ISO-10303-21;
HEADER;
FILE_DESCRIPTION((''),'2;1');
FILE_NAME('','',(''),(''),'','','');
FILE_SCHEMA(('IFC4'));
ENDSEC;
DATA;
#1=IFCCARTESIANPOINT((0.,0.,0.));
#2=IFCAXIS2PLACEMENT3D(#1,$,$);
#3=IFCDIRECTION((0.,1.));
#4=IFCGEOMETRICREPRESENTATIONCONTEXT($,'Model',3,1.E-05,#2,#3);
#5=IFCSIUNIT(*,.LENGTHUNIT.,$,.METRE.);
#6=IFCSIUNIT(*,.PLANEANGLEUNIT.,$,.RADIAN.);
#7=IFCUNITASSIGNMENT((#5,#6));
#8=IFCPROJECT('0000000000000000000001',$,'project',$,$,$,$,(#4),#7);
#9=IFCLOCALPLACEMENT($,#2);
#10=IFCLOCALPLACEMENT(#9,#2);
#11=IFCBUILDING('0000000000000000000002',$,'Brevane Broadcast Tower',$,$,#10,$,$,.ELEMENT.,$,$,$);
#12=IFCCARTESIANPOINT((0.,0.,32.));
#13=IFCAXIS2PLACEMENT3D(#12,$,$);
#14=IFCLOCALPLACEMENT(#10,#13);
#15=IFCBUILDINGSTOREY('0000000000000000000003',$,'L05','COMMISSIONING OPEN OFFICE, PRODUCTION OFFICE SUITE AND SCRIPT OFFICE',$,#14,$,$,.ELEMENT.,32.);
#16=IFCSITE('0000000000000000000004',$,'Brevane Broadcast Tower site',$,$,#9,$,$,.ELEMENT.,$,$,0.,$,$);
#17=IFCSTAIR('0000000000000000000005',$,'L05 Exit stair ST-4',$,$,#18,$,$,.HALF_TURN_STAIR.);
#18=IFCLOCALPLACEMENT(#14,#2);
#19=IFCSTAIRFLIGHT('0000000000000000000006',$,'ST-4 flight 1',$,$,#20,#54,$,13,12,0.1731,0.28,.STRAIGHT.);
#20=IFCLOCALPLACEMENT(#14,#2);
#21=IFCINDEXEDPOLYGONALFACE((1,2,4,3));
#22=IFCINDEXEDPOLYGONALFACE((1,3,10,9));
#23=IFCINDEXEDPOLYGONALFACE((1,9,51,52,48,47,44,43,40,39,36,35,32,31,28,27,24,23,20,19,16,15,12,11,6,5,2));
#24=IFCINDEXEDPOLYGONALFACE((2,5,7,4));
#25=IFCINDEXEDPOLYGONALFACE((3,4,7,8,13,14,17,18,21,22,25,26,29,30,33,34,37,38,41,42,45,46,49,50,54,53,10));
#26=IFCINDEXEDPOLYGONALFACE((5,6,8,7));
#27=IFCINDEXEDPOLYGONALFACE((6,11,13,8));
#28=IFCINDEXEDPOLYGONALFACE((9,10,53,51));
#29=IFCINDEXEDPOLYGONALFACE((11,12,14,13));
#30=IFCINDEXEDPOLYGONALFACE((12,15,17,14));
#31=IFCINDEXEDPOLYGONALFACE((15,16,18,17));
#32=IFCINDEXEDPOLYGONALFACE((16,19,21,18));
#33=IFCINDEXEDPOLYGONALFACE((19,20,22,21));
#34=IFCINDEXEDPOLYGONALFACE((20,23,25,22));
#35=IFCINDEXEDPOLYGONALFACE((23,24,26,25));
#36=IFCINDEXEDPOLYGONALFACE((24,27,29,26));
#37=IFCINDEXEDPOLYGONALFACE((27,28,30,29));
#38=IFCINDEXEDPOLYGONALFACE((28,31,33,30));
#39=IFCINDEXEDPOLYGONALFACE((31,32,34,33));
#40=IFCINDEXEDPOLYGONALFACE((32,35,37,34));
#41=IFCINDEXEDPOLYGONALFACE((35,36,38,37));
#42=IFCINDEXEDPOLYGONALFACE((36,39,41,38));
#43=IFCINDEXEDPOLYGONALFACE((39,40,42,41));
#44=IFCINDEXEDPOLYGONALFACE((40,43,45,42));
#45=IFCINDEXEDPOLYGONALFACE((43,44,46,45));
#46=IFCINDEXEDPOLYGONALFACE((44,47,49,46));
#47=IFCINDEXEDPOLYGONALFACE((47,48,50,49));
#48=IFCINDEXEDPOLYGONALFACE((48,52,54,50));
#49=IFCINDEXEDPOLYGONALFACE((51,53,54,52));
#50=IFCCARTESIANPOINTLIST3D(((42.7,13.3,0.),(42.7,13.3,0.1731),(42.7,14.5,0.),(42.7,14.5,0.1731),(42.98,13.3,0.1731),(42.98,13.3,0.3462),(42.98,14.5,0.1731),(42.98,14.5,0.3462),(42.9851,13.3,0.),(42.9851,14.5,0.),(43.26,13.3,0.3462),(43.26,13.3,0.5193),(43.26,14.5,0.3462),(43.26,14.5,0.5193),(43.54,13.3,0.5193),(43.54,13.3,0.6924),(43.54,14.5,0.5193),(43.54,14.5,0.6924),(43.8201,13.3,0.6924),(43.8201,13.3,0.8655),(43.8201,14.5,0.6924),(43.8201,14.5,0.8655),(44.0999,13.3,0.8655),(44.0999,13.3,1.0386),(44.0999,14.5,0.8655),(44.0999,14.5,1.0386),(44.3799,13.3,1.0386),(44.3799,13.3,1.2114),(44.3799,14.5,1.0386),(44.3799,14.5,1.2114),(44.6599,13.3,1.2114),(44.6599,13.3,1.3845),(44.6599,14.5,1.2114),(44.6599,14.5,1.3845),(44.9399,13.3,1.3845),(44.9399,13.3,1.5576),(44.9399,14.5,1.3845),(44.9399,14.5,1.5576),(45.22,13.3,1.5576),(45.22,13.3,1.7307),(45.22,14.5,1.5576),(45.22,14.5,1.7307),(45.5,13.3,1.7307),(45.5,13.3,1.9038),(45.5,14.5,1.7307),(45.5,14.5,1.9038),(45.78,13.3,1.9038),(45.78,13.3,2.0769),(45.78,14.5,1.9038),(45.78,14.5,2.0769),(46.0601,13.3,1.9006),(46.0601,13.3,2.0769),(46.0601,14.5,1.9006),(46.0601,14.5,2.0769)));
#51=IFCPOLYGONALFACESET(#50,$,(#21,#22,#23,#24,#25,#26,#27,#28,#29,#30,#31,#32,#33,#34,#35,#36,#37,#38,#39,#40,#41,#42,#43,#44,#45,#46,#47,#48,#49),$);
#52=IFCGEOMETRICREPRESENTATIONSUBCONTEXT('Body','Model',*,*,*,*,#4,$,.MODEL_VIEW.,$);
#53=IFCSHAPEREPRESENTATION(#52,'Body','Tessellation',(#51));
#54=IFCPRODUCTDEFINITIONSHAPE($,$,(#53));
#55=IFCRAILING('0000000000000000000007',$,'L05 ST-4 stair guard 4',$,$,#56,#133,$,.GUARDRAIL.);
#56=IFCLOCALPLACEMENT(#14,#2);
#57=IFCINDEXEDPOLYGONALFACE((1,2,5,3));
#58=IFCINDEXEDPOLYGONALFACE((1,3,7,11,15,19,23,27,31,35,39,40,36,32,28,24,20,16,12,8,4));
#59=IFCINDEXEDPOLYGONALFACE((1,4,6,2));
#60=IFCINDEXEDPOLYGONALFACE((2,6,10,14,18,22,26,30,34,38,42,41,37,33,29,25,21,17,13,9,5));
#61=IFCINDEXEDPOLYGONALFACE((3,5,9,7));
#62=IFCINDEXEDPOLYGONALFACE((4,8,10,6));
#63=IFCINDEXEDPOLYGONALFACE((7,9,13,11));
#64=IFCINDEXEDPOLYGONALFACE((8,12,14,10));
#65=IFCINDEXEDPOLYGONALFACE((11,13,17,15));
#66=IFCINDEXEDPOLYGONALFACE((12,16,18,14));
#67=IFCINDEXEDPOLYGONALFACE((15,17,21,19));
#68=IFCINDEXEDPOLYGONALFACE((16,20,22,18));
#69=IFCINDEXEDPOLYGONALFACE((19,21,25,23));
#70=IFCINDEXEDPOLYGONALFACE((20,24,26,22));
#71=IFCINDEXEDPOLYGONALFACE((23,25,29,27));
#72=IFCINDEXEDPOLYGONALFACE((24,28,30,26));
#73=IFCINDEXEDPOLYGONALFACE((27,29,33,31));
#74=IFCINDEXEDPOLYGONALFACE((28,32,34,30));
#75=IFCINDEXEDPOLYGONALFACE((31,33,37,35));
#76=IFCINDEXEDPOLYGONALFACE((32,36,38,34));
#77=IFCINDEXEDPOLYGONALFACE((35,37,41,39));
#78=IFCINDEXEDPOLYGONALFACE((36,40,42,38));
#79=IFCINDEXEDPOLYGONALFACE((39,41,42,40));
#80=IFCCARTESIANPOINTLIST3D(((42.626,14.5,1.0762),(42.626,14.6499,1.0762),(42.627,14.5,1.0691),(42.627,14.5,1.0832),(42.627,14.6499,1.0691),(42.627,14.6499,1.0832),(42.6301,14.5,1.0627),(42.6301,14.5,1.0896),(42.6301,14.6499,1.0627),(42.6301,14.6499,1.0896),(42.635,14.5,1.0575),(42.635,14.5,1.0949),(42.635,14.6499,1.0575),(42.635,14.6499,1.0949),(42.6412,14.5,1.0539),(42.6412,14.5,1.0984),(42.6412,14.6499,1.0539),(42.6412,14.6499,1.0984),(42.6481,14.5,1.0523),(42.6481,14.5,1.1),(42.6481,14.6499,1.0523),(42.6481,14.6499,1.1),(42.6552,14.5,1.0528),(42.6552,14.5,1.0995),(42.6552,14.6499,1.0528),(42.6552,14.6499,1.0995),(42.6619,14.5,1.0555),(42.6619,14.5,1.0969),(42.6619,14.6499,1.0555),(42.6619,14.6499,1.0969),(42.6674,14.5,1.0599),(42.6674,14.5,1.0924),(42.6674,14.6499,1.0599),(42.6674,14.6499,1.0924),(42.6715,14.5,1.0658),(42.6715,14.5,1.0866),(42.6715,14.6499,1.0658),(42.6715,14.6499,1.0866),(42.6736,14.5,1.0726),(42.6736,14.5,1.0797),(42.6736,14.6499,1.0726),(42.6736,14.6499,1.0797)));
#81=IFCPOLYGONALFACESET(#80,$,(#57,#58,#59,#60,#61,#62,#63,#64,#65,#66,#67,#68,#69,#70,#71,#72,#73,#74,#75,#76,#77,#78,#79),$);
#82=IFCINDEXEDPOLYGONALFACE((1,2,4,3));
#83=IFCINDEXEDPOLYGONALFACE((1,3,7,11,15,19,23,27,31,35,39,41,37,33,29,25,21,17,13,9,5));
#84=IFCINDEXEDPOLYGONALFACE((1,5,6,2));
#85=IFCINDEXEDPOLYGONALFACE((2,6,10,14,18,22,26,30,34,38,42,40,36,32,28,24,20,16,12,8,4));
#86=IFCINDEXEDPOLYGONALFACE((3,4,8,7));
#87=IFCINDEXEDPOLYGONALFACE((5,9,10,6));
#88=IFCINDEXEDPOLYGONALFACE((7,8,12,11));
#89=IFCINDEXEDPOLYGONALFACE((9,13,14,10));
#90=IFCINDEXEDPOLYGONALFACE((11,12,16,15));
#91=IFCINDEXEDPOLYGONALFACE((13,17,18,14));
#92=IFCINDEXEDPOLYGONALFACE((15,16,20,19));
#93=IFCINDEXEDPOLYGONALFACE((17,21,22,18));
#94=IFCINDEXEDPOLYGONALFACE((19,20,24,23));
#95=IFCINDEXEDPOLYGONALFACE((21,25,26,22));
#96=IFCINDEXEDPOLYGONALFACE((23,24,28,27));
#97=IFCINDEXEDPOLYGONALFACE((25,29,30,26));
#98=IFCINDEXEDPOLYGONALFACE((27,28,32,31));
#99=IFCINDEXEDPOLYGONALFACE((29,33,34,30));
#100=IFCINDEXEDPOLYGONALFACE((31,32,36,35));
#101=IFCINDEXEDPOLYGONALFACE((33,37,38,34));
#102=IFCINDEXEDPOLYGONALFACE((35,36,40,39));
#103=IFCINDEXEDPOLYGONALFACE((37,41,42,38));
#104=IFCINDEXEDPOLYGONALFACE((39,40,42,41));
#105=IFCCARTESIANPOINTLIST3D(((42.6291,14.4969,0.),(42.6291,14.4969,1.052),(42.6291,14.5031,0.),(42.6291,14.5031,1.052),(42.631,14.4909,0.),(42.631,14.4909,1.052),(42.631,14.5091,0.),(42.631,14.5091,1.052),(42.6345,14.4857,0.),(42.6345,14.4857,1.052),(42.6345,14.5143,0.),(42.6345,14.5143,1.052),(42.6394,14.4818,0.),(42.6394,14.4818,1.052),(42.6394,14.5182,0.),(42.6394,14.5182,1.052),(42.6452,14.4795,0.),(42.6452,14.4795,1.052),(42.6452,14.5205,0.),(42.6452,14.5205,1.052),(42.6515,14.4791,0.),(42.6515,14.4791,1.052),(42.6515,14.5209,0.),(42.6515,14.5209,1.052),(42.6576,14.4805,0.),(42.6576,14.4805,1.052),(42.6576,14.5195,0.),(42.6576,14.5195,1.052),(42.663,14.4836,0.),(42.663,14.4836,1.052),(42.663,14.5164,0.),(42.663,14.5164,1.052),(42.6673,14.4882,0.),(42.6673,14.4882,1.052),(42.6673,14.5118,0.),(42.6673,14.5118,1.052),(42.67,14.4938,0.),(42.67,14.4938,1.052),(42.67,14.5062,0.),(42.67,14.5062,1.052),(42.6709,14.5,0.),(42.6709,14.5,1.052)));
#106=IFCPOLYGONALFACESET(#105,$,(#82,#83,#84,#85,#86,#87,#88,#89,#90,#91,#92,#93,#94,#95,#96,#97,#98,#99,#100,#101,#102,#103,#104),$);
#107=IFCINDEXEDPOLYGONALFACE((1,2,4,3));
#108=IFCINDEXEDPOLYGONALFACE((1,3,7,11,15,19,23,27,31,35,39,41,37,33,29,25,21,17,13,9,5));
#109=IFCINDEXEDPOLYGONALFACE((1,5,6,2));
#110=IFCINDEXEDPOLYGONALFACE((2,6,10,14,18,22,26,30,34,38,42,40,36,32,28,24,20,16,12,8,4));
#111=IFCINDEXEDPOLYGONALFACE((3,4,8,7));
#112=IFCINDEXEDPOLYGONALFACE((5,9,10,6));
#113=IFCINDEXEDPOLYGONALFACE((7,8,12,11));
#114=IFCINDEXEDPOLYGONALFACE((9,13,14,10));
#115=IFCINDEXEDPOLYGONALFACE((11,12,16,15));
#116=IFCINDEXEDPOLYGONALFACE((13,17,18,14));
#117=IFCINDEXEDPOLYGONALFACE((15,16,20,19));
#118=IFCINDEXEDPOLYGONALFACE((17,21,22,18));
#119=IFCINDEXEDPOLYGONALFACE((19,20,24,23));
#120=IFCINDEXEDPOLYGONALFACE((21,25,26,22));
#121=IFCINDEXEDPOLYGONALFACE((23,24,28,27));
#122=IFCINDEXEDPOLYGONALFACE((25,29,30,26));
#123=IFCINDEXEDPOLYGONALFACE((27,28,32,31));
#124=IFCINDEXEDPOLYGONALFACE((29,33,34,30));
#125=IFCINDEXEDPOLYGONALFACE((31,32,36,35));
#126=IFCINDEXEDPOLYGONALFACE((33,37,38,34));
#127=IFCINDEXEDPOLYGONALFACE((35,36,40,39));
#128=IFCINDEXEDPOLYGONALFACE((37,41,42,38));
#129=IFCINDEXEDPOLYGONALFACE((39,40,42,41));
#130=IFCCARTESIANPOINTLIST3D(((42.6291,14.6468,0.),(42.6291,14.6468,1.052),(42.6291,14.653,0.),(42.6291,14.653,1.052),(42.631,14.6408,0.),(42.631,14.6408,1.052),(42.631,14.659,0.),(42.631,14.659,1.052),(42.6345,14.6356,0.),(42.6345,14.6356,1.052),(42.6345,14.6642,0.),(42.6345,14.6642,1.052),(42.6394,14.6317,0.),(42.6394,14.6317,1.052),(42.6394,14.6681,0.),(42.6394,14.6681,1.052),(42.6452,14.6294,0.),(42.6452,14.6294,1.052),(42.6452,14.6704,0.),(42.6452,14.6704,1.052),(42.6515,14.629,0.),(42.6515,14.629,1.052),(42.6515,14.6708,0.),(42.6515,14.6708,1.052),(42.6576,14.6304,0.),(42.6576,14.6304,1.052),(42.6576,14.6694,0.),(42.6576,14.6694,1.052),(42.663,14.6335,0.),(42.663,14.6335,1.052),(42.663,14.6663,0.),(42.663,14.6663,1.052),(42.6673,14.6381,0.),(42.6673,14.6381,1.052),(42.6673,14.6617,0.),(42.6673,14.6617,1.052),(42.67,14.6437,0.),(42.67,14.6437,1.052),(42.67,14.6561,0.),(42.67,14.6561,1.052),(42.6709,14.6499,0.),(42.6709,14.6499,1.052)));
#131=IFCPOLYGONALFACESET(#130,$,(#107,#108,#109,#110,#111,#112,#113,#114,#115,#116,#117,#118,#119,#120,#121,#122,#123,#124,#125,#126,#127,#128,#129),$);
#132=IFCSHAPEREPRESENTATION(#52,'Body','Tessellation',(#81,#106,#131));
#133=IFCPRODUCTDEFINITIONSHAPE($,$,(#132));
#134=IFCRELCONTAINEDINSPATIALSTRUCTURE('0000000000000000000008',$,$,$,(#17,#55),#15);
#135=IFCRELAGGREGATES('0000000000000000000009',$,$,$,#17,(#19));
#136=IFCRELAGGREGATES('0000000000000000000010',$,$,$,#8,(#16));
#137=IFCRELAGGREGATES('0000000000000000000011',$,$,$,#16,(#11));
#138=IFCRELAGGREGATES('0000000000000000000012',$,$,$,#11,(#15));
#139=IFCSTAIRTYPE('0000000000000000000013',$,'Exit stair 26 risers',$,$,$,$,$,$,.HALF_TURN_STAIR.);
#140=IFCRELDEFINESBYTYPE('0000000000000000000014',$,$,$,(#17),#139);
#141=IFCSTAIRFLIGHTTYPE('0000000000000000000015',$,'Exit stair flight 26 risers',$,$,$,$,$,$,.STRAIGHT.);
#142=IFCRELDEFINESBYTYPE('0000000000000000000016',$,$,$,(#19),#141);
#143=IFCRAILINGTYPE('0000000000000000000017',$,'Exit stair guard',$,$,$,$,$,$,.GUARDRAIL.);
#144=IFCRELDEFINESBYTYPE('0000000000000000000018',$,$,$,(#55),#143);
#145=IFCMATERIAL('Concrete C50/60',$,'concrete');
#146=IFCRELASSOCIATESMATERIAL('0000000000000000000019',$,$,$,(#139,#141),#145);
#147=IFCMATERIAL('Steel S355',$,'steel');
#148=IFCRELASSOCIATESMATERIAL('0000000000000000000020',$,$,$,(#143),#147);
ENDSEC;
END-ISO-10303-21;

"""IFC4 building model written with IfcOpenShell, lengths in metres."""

from ifc_helpers import new_model, si_unit, direction, frame, origin, origin_2d, place, context, subcontext, project, spatial, polyline, circle, outline, extrude, material, type_object, element, aggregate, save


model = new_model("IFC4")

# Units and contexts
model_context = context("Model", 3, precision=1e-05, world=origin(), true_north=direction((0.0, 1.0)))
body_context = subcontext(model_context, "Body", "Model", "MODEL_VIEW")
ifc_project = project(units=[si_unit("LENGTHUNIT", "METRE"), si_unit("PLANEANGLEUNIT", "RADIAN")], contexts=[model_context])

# Site, building, storey
site_placement = place(None, origin())
site = spatial("IfcSite", under=ifc_project, at=site_placement, Name="Brevane Broadcast Tower site", CompositionType="ELEMENT", RefElevation=0.0)
building_placement = place(site_placement, origin())
building = spatial("IfcBuilding", under=site, at=building_placement, Name="Brevane Broadcast Tower", CompositionType="ELEMENT")
storey_placement = place(building_placement, frame((0.0, 0.0, 32.0)))
storey = spatial("IfcBuildingStorey", under=building, at=storey_placement, Name="L05", Description="COMMISSIONING OPEN OFFICE, PRODUCTION OFFICE SUITE AND SCRIPT OFFICE", CompositionType="ELEMENT", Elevation=32.0)

# Stair, stair flight
ifc_material_1 = material(Name="Concrete C50/60", Category="concrete")
stair_type = type_object("IfcStairType", Name="Exit stair 26 risers", PredefinedType="HALF_TURN_STAIR", material=ifc_material_1)
stair_placement = place(storey_placement, origin())
stair = element("IfcStair", 1, at=stair_placement, inside=storey, type_object=stair_type, Name="L05 Exit stair ST-4", PredefinedType="HALF_TURN_STAIR")
stair_flight_type = type_object("IfcStairFlightType", Name="Exit stair flight 26 risers", PredefinedType="STRAIGHT", material=ifc_material_1)
stair_flight_placement = place(storey_placement, frame((42.7, 13.8999, 0.0), z_axis=(0.0, 0.0, 1.0), x_axis=(1.0, 0.0, 0.0)))
stair_flight = element("IfcStairFlight", 2, at=stair_flight_placement, type_object=stair_flight_type, Name="ST-4 flight 1", NumberOfRisers=13, NumberOfTreads=12, PredefinedType="STRAIGHT", RiserHeight=0.1731, TreadLength=0.28, context=body_context, shape_type="SweptSolid", body=[
    extrude(outline(polyline([(0.0, 0.0), (0.0, 0.1731), (0.28, 0.1731), (0.28, 0.3462), (0.5601, 0.3462), (0.5601, 0.5193), (0.8401, 0.5193), (0.8401, 0.6924), (1.1201, 0.6924), (1.1201, 0.8655), (1.3999, 0.8655), (1.3999, 1.0386), (1.6799, 1.0386), (1.6799, 1.2114), (1.96, 1.2114), (1.96, 1.3845), (2.24, 1.3845), (2.24, 1.5576), (2.52, 1.5576), (2.52, 1.7307), (2.8, 1.7307), (2.8, 1.9038), (3.0801, 1.9038), (3.0801, 2.0769), (3.3601, 2.0769), (3.3601, 2.25), (3.3601, 1.9006), (0.2852, 0.0), (0.0, 0.0)])), frame((0.0, 0.6001, 0.0), z_axis=(0.0, -1.0, 0.0), x_axis=(1.0, 0.0, 0.0)), (0.0, 0.0, 1.0), 1.2),
])
aggregate(stair, [stair_flight])

# Railing
ifc_material_2 = material(Name="Steel S355", Category="steel")
railing_type_1 = type_object("IfcRailingType", Name="Exit stair guard", PredefinedType="GUARDRAIL", material=ifc_material_2)
railing_1_placement = place(storey_placement, frame((42.6499, 14.5, 0.0)))
element("IfcRailing", 3, at=railing_1_placement, inside=storey, type_object=railing_type_1, Name="L05 ST-4 stair guard 4", PredefinedType="GUARDRAIL", context=body_context, shape_type="SweptSolid", body=[
    extrude(circle(Radius=0.0239, at=origin_2d()), frame((0.0, 0.0, 1.0762), z_axis=(0.0, 1.0, 0.0), x_axis=(-1.0, 0.0, 0.0)), (0.0, 0.0, 1.0), 0.1499),
    extrude(circle(Radius=0.021, at=origin_2d()), origin(), (0.0, 0.0, 1.0), 1.052),
    extrude(circle(Radius=0.021, at=origin_2d()), frame((0.0, 0.1499, 0.0)), (0.0, 0.0, 1.0), 1.052),
])

save(model, "model.ifc")
